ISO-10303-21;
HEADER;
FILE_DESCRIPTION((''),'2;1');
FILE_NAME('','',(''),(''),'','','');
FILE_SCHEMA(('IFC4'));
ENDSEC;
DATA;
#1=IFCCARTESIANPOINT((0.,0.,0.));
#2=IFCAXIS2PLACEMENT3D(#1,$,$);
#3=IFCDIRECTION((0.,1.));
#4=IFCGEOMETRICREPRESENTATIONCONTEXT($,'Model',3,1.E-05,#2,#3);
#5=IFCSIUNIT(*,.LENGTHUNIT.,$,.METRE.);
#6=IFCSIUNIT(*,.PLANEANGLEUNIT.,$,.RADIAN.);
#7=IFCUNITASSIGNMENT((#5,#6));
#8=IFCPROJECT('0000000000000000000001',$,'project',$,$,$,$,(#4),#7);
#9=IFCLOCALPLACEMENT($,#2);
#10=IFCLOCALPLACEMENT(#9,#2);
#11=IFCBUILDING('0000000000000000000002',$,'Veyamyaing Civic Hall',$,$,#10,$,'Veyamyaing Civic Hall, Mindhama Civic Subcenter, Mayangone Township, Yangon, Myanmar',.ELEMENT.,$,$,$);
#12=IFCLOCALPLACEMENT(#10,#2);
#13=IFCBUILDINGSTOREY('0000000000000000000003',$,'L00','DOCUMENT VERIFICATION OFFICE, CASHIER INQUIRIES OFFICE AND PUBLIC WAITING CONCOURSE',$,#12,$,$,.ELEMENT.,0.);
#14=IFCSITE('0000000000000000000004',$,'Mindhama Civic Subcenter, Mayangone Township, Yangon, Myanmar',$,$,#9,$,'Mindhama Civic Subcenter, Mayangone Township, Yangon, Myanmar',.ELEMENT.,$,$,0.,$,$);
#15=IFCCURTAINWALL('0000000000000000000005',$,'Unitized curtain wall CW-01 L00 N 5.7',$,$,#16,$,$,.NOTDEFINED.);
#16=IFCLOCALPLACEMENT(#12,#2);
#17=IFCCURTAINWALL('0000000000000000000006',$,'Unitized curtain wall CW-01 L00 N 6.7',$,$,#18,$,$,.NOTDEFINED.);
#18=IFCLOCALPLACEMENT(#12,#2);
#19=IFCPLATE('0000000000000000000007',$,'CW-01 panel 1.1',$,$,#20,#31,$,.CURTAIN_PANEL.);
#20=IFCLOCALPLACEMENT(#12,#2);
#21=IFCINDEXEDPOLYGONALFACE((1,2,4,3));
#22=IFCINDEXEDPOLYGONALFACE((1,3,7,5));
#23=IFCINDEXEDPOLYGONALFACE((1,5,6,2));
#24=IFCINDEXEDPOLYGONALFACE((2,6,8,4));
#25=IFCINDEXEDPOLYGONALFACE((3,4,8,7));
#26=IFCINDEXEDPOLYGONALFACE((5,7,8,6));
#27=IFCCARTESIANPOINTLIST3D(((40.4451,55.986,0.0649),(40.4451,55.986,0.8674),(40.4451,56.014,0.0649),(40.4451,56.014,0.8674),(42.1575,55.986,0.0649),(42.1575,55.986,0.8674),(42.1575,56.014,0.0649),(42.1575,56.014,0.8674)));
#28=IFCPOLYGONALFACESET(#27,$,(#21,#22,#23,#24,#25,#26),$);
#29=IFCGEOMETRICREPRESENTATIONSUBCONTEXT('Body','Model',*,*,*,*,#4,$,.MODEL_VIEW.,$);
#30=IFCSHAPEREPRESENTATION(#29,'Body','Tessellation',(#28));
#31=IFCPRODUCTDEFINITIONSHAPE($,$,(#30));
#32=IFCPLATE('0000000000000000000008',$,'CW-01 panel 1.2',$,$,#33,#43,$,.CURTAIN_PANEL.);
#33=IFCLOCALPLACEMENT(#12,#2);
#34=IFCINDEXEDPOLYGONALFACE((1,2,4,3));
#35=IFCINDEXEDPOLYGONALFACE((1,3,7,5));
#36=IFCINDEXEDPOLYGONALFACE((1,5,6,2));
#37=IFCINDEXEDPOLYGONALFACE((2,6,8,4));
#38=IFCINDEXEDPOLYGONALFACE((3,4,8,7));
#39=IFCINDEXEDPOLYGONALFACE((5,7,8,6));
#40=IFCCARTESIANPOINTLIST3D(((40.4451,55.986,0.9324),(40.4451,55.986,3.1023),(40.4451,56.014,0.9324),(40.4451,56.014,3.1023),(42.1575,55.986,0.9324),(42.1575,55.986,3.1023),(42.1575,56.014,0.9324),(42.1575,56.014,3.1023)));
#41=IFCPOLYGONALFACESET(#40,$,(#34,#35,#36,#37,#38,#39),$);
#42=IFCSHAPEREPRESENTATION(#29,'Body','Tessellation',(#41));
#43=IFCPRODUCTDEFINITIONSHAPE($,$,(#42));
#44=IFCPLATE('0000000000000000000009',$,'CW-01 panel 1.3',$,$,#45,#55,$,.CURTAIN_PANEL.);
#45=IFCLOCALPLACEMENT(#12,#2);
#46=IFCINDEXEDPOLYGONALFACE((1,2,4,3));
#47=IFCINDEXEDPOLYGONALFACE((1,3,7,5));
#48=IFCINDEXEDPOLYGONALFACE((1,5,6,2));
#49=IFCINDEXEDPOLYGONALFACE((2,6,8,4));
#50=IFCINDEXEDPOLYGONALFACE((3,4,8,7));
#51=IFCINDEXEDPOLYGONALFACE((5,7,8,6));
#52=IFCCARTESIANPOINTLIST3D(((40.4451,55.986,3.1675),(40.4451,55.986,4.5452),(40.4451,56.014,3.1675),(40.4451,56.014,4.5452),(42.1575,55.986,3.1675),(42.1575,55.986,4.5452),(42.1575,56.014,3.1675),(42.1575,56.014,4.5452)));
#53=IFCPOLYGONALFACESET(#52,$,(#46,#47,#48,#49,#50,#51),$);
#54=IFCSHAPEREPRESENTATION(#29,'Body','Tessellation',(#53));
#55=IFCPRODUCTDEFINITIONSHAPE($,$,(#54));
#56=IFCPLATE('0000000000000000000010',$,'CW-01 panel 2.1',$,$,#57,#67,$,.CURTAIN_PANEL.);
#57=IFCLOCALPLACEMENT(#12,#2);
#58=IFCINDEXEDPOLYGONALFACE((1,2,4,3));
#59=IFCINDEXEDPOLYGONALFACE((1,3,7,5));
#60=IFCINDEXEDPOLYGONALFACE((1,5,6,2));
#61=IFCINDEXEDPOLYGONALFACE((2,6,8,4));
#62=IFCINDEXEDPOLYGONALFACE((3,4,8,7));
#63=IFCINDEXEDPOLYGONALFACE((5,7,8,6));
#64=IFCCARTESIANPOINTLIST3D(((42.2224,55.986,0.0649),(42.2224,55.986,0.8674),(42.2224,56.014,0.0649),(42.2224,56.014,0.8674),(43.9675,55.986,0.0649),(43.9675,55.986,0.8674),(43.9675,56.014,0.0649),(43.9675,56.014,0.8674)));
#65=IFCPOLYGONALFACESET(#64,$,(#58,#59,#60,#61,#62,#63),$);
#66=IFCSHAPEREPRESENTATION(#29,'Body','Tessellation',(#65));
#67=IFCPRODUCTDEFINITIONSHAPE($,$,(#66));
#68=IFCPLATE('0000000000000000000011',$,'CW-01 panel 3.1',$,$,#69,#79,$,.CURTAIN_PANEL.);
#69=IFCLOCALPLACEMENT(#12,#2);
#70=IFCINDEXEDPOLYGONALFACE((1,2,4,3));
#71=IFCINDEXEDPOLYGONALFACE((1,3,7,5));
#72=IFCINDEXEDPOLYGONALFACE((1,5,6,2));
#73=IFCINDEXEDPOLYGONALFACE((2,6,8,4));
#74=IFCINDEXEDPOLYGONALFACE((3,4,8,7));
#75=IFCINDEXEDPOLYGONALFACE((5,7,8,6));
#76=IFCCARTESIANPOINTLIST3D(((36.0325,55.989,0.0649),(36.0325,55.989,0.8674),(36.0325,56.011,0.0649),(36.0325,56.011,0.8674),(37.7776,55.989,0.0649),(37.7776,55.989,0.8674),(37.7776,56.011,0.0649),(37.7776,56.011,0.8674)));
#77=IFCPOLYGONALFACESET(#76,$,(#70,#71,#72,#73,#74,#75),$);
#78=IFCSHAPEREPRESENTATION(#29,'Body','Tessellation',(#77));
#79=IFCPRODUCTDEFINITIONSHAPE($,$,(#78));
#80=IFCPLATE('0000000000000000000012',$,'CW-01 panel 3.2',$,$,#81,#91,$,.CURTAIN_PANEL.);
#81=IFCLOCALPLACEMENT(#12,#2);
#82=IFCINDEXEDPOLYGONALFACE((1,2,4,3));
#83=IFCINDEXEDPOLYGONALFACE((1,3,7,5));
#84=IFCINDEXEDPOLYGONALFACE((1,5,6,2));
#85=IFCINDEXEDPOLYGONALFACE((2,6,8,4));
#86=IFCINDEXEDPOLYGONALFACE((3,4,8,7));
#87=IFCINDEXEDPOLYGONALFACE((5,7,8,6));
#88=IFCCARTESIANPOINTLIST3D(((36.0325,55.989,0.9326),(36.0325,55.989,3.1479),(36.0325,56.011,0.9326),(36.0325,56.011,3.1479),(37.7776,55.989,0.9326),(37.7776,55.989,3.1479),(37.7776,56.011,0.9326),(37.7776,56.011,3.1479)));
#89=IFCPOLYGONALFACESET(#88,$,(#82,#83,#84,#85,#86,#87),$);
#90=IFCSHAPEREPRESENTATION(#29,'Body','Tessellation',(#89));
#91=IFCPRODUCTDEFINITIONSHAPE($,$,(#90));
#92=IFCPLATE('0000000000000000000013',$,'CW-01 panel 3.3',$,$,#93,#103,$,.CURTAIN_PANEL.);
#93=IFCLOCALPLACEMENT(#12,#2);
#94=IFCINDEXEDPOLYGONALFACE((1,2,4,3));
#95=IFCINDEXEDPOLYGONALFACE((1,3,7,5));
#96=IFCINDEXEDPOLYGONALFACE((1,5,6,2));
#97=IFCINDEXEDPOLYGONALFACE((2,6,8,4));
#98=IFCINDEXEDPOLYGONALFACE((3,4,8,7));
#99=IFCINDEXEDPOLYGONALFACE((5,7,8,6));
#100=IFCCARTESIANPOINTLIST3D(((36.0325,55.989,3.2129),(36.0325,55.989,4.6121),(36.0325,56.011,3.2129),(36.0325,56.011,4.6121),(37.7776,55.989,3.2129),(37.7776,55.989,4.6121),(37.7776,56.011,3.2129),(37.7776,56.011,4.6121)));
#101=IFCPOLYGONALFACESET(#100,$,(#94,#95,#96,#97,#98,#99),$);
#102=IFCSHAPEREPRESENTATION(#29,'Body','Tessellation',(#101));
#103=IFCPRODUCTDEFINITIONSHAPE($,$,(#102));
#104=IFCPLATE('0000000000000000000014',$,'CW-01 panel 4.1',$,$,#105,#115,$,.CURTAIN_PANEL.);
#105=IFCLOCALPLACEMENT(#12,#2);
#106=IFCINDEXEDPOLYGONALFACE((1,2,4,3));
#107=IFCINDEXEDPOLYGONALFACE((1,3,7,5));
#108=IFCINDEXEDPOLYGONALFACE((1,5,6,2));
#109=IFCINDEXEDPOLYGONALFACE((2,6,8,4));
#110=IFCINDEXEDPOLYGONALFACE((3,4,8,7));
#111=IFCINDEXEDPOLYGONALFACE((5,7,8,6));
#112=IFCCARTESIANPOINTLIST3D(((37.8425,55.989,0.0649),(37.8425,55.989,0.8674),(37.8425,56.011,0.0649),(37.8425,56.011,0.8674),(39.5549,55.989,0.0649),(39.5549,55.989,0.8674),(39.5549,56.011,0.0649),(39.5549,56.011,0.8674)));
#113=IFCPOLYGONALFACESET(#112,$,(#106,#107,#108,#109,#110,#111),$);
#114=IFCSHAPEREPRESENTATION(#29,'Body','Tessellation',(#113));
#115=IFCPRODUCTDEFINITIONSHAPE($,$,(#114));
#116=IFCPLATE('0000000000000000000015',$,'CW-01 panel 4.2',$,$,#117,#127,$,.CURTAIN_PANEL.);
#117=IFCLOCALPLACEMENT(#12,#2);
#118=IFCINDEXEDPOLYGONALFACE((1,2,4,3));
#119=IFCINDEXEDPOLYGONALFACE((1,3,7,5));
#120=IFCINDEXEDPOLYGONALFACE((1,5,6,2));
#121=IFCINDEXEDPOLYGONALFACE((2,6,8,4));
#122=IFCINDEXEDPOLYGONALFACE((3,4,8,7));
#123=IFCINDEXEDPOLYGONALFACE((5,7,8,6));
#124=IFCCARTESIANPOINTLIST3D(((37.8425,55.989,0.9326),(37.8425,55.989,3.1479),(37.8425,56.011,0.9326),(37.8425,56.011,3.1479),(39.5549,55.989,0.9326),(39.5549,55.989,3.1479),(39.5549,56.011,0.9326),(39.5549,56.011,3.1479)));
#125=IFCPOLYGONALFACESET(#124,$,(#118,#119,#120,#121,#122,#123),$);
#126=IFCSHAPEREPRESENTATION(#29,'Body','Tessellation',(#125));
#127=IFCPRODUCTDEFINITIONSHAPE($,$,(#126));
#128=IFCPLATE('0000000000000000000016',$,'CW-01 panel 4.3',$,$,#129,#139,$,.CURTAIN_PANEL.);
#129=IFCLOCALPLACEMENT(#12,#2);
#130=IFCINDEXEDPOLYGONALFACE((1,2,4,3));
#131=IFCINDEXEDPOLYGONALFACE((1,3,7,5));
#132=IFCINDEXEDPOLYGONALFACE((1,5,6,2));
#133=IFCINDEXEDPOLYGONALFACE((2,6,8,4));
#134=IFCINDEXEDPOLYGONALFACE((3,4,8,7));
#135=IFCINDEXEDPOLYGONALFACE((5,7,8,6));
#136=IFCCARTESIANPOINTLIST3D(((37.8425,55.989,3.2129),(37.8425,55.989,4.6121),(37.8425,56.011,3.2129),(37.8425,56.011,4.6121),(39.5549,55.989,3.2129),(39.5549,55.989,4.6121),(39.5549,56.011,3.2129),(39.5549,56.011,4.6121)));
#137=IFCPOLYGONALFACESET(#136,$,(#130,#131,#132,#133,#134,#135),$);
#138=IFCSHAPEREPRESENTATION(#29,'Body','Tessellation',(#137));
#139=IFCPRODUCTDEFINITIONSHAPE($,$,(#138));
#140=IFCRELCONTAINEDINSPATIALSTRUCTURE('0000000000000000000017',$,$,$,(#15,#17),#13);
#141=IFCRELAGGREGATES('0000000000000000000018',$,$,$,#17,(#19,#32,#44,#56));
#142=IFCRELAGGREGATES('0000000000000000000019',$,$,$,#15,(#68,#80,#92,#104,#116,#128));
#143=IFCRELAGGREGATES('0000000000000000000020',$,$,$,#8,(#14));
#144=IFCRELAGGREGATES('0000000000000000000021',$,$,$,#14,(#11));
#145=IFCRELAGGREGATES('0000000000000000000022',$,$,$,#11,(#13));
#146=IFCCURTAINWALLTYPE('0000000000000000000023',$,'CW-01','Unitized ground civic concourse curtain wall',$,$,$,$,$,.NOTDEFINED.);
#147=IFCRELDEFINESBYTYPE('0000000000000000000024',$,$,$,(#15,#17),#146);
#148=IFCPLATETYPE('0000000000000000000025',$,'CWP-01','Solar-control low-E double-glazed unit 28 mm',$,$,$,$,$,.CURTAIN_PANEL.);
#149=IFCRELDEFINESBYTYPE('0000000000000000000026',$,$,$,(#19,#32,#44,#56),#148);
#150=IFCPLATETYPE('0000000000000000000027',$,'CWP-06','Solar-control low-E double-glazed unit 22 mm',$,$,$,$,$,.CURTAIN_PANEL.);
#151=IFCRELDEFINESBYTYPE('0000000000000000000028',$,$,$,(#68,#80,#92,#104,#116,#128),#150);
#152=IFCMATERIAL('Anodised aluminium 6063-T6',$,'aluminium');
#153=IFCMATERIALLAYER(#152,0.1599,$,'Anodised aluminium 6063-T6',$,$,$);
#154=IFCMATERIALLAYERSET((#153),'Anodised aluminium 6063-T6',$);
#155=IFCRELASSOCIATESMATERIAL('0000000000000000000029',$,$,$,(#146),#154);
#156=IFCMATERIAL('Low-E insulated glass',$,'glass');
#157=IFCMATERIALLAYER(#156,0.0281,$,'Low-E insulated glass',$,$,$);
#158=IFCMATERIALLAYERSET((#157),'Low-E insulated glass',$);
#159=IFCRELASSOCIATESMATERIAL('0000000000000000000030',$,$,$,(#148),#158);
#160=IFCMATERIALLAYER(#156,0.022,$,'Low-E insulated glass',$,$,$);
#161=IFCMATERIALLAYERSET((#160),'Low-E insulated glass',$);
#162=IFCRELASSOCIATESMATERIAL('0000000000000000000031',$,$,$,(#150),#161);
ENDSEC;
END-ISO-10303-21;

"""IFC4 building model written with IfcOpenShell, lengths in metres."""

from ifc_helpers import new_model, si_unit, direction, frame, origin, origin_2d, place, context, subcontext, project, spatial, rectangle, extrude, material, layer, layer_set, type_object, element, aggregate, save


model = new_model("IFC4")

# Units and contexts
model_context = context("Model", 3, precision=1e-05, world=origin(), true_north=direction((0.0, 1.0)))
body_context = subcontext(model_context, "Body", "Model", "MODEL_VIEW")
ifc_project = project(units=[si_unit("LENGTHUNIT", "METRE"), si_unit("PLANEANGLEUNIT", "RADIAN")], contexts=[model_context])

# Site, building, storey
site_placement = place(None, origin())
site = spatial("IfcSite", under=ifc_project, at=site_placement, Name="Mindhama Civic Subcenter, Mayangone Township, Yangon, Myanmar", LongName="Mindhama Civic Subcenter, Mayangone Township, Yangon, Myanmar", CompositionType="ELEMENT", RefElevation=0.0)
building_placement = place(site_placement, origin())
building = spatial("IfcBuilding", under=site, at=building_placement, Name="Veyamyaing Civic Hall", LongName="Veyamyaing Civic Hall, Mindhama Civic Subcenter, Mayangone Township, Yangon, Myanmar", CompositionType="ELEMENT")
storey_placement = place(building_placement, origin())
storey = spatial("IfcBuildingStorey", under=building, at=storey_placement, Name="L00", Description="DOCUMENT VERIFICATION OFFICE, CASHIER INQUIRIES OFFICE AND PUBLIC WAITING CONCOURSE", CompositionType="ELEMENT", Elevation=0.0)

# Curtain walls
ifc_material_1 = material(Name="Anodised aluminium 6063-T6", Category="aluminium")
ifc_layer_1 = layer(ifc_material_1, 0.1599, Name="Anodised aluminium 6063-T6")
ifc_layer_set_1 = layer_set([ifc_layer_1], Name="Anodised aluminium 6063-T6")
curtain_wall_type = type_object("IfcCurtainWallType", Name="CW-01", Description="Unitized ground civic concourse curtain wall", PredefinedType="NOTDEFINED", material=ifc_layer_set_1)
curtain_wall_1_placement = place(storey_placement, origin())
curtain_wall_1 = element("IfcCurtainWall", 1, at=curtain_wall_1_placement, inside=storey, type_object=curtain_wall_type, Name="Unitized curtain wall CW-01 L00 N 5.7", PredefinedType="NOTDEFINED")
curtain_wall_2_placement = place(storey_placement, origin())
curtain_wall_2 = element("IfcCurtainWall", 2, at=curtain_wall_2_placement, inside=storey, type_object=curtain_wall_type, Name="Unitized curtain wall CW-01 L00 N 6.7", PredefinedType="NOTDEFINED")

# Plates
ifc_material_2 = material(Name="Low-E insulated glass", Category="glass")
ifc_layer_2 = layer(ifc_material_2, 0.0281, Name="Low-E insulated glass")
ifc_layer_set_2 = layer_set([ifc_layer_2], Name="Low-E insulated glass")
plate_type_1 = type_object("IfcPlateType", Name="CWP-01", Description="Solar-control low-E double-glazed unit 28 mm", PredefinedType="CURTAIN_PANEL", material=ifc_layer_set_2)
plate_1_placement = place(storey_placement, frame((41.3013, 56.0, 0.0649), z_axis=(0.0, 0.0, 1.0), x_axis=(1.0, 0.0, 0.0)))
plate_1 = element("IfcPlate", 3, at=plate_1_placement, type_object=plate_type_1, Name="CW-01 panel 1.1", PredefinedType="CURTAIN_PANEL", context=body_context, shape_type="SweptSolid", body=[
    extrude(rectangle(XDim=1.7124, YDim=0.0281, at=origin_2d()), origin(), (0.0, 0.0, 1.0), 0.8025),
])
plate_2_placement = place(storey_placement, frame((41.3013, 56.0, 0.9324), z_axis=(0.0, 0.0, 1.0), x_axis=(1.0, 0.0, 0.0)))
plate_2 = element("IfcPlate", 4, at=plate_2_placement, type_object=plate_type_1, Name="CW-01 panel 1.2", PredefinedType="CURTAIN_PANEL", context=body_context, shape_type="SweptSolid", body=[
    extrude(rectangle(XDim=1.7124, YDim=0.0281, at=origin_2d()), origin(), (0.0, 0.0, 1.0), 2.1699),
])
plate_3_placement = place(storey_placement, frame((41.3013, 56.0, 3.1675), z_axis=(0.0, 0.0, 1.0), x_axis=(1.0, 0.0, 0.0)))
plate_3 = element("IfcPlate", 5, at=plate_3_placement, type_object=plate_type_1, Name="CW-01 panel 1.3", PredefinedType="CURTAIN_PANEL", context=body_context, shape_type="SweptSolid", body=[
    extrude(rectangle(XDim=1.7124, YDim=0.0281, at=origin_2d()), origin(), (0.0, 0.0, 1.0), 1.3777),
])
plate_4_placement = place(storey_placement, frame((43.095, 56.0, 0.0649), z_axis=(0.0, 0.0, 1.0), x_axis=(1.0, 0.0, 0.0)))
plate_4 = element("IfcPlate", 6, at=plate_4_placement, type_object=plate_type_1, Name="CW-01 panel 2.1", PredefinedType="CURTAIN_PANEL", context=body_context, shape_type="SweptSolid", body=[
    extrude(rectangle(XDim=1.7451, YDim=0.0281, at=origin_2d()), origin(), (0.0, 0.0, 1.0), 0.8025),
])
aggregate(curtain_wall_2, [plate_1, plate_2, plate_3, plate_4])
ifc_layer_3 = layer(ifc_material_2, 0.022, Name="Low-E insulated glass")
ifc_layer_set_3 = layer_set([ifc_layer_3], Name="Low-E insulated glass")
plate_type_2 = type_object("IfcPlateType", Name="CWP-06", Description="Solar-control low-E double-glazed unit 22 mm", PredefinedType="CURTAIN_PANEL", material=ifc_layer_set_3)
plate_5_placement = place(storey_placement, frame((36.905, 56.0, 0.0649), z_axis=(0.0, 0.0, 1.0), x_axis=(1.0, 0.0, 0.0)))
plate_5 = element("IfcPlate", 7, at=plate_5_placement, type_object=plate_type_2, Name="CW-01 panel 3.1", PredefinedType="CURTAIN_PANEL", context=body_context, shape_type="SweptSolid", body=[
    extrude(rectangle(XDim=1.7451, YDim=0.022, at=origin_2d()), origin(), (0.0, 0.0, 1.0), 0.8025),
])
plate_6_placement = place(storey_placement, frame((36.905, 56.0, 0.9326), z_axis=(0.0, 0.0, 1.0), x_axis=(1.0, 0.0, 0.0)))
plate_6 = element("IfcPlate", 8, at=plate_6_placement, type_object=plate_type_2, Name="CW-01 panel 3.2", PredefinedType="CURTAIN_PANEL", context=body_context, shape_type="SweptSolid", body=[
    extrude(rectangle(XDim=1.7451, YDim=0.022, at=origin_2d()), origin(), (0.0, 0.0, 1.0), 2.2153),
])
plate_7_placement = place(storey_placement, frame((36.905, 56.0, 3.2129), z_axis=(0.0, 0.0, 1.0), x_axis=(1.0, 0.0, 0.0)))
plate_7 = element("IfcPlate", 9, at=plate_7_placement, type_object=plate_type_2, Name="CW-01 panel 3.3", PredefinedType="CURTAIN_PANEL", context=body_context, shape_type="SweptSolid", body=[
    extrude(rectangle(XDim=1.7451, YDim=0.022, at=origin_2d()), origin(), (0.0, 0.0, 1.0), 1.3992),
])
plate_8_placement = place(storey_placement, frame((38.6987, 56.0, 0.0649), z_axis=(0.0, 0.0, 1.0), x_axis=(1.0, 0.0, 0.0)))
plate_8 = element("IfcPlate", 10, at=plate_8_placement, type_object=plate_type_2, Name="CW-01 panel 4.1", PredefinedType="CURTAIN_PANEL", context=body_context, shape_type="SweptSolid", body=[
    extrude(rectangle(XDim=1.7124, YDim=0.022, at=origin_2d()), origin(), (0.0, 0.0, 1.0), 0.8025),
])
plate_9_placement = place(storey_placement, frame((38.6987, 56.0, 0.9326), z_axis=(0.0, 0.0, 1.0), x_axis=(1.0, 0.0, 0.0)))
plate_9 = element("IfcPlate", 11, at=plate_9_placement, type_object=plate_type_2, Name="CW-01 panel 4.2", PredefinedType="CURTAIN_PANEL", context=body_context, shape_type="SweptSolid", body=[
    extrude(rectangle(XDim=1.7124, YDim=0.022, at=origin_2d()), origin(), (0.0, 0.0, 1.0), 2.2153),
])
plate_10_placement = place(storey_placement, frame((38.6987, 56.0, 3.2129), z_axis=(0.0, 0.0, 1.0), x_axis=(1.0, 0.0, 0.0)))
plate_10 = element("IfcPlate", 12, at=plate_10_placement, type_object=plate_type_2, Name="CW-01 panel 4.3", PredefinedType="CURTAIN_PANEL", context=body_context, shape_type="SweptSolid", body=[
    extrude(rectangle(XDim=1.7124, YDim=0.022, at=origin_2d()), origin(), (0.0, 0.0, 1.0), 1.3992),
])
aggregate(curtain_wall_1, [plate_5, plate_6, plate_7, plate_8, plate_9, plate_10])

save(model, "model.ifc")
